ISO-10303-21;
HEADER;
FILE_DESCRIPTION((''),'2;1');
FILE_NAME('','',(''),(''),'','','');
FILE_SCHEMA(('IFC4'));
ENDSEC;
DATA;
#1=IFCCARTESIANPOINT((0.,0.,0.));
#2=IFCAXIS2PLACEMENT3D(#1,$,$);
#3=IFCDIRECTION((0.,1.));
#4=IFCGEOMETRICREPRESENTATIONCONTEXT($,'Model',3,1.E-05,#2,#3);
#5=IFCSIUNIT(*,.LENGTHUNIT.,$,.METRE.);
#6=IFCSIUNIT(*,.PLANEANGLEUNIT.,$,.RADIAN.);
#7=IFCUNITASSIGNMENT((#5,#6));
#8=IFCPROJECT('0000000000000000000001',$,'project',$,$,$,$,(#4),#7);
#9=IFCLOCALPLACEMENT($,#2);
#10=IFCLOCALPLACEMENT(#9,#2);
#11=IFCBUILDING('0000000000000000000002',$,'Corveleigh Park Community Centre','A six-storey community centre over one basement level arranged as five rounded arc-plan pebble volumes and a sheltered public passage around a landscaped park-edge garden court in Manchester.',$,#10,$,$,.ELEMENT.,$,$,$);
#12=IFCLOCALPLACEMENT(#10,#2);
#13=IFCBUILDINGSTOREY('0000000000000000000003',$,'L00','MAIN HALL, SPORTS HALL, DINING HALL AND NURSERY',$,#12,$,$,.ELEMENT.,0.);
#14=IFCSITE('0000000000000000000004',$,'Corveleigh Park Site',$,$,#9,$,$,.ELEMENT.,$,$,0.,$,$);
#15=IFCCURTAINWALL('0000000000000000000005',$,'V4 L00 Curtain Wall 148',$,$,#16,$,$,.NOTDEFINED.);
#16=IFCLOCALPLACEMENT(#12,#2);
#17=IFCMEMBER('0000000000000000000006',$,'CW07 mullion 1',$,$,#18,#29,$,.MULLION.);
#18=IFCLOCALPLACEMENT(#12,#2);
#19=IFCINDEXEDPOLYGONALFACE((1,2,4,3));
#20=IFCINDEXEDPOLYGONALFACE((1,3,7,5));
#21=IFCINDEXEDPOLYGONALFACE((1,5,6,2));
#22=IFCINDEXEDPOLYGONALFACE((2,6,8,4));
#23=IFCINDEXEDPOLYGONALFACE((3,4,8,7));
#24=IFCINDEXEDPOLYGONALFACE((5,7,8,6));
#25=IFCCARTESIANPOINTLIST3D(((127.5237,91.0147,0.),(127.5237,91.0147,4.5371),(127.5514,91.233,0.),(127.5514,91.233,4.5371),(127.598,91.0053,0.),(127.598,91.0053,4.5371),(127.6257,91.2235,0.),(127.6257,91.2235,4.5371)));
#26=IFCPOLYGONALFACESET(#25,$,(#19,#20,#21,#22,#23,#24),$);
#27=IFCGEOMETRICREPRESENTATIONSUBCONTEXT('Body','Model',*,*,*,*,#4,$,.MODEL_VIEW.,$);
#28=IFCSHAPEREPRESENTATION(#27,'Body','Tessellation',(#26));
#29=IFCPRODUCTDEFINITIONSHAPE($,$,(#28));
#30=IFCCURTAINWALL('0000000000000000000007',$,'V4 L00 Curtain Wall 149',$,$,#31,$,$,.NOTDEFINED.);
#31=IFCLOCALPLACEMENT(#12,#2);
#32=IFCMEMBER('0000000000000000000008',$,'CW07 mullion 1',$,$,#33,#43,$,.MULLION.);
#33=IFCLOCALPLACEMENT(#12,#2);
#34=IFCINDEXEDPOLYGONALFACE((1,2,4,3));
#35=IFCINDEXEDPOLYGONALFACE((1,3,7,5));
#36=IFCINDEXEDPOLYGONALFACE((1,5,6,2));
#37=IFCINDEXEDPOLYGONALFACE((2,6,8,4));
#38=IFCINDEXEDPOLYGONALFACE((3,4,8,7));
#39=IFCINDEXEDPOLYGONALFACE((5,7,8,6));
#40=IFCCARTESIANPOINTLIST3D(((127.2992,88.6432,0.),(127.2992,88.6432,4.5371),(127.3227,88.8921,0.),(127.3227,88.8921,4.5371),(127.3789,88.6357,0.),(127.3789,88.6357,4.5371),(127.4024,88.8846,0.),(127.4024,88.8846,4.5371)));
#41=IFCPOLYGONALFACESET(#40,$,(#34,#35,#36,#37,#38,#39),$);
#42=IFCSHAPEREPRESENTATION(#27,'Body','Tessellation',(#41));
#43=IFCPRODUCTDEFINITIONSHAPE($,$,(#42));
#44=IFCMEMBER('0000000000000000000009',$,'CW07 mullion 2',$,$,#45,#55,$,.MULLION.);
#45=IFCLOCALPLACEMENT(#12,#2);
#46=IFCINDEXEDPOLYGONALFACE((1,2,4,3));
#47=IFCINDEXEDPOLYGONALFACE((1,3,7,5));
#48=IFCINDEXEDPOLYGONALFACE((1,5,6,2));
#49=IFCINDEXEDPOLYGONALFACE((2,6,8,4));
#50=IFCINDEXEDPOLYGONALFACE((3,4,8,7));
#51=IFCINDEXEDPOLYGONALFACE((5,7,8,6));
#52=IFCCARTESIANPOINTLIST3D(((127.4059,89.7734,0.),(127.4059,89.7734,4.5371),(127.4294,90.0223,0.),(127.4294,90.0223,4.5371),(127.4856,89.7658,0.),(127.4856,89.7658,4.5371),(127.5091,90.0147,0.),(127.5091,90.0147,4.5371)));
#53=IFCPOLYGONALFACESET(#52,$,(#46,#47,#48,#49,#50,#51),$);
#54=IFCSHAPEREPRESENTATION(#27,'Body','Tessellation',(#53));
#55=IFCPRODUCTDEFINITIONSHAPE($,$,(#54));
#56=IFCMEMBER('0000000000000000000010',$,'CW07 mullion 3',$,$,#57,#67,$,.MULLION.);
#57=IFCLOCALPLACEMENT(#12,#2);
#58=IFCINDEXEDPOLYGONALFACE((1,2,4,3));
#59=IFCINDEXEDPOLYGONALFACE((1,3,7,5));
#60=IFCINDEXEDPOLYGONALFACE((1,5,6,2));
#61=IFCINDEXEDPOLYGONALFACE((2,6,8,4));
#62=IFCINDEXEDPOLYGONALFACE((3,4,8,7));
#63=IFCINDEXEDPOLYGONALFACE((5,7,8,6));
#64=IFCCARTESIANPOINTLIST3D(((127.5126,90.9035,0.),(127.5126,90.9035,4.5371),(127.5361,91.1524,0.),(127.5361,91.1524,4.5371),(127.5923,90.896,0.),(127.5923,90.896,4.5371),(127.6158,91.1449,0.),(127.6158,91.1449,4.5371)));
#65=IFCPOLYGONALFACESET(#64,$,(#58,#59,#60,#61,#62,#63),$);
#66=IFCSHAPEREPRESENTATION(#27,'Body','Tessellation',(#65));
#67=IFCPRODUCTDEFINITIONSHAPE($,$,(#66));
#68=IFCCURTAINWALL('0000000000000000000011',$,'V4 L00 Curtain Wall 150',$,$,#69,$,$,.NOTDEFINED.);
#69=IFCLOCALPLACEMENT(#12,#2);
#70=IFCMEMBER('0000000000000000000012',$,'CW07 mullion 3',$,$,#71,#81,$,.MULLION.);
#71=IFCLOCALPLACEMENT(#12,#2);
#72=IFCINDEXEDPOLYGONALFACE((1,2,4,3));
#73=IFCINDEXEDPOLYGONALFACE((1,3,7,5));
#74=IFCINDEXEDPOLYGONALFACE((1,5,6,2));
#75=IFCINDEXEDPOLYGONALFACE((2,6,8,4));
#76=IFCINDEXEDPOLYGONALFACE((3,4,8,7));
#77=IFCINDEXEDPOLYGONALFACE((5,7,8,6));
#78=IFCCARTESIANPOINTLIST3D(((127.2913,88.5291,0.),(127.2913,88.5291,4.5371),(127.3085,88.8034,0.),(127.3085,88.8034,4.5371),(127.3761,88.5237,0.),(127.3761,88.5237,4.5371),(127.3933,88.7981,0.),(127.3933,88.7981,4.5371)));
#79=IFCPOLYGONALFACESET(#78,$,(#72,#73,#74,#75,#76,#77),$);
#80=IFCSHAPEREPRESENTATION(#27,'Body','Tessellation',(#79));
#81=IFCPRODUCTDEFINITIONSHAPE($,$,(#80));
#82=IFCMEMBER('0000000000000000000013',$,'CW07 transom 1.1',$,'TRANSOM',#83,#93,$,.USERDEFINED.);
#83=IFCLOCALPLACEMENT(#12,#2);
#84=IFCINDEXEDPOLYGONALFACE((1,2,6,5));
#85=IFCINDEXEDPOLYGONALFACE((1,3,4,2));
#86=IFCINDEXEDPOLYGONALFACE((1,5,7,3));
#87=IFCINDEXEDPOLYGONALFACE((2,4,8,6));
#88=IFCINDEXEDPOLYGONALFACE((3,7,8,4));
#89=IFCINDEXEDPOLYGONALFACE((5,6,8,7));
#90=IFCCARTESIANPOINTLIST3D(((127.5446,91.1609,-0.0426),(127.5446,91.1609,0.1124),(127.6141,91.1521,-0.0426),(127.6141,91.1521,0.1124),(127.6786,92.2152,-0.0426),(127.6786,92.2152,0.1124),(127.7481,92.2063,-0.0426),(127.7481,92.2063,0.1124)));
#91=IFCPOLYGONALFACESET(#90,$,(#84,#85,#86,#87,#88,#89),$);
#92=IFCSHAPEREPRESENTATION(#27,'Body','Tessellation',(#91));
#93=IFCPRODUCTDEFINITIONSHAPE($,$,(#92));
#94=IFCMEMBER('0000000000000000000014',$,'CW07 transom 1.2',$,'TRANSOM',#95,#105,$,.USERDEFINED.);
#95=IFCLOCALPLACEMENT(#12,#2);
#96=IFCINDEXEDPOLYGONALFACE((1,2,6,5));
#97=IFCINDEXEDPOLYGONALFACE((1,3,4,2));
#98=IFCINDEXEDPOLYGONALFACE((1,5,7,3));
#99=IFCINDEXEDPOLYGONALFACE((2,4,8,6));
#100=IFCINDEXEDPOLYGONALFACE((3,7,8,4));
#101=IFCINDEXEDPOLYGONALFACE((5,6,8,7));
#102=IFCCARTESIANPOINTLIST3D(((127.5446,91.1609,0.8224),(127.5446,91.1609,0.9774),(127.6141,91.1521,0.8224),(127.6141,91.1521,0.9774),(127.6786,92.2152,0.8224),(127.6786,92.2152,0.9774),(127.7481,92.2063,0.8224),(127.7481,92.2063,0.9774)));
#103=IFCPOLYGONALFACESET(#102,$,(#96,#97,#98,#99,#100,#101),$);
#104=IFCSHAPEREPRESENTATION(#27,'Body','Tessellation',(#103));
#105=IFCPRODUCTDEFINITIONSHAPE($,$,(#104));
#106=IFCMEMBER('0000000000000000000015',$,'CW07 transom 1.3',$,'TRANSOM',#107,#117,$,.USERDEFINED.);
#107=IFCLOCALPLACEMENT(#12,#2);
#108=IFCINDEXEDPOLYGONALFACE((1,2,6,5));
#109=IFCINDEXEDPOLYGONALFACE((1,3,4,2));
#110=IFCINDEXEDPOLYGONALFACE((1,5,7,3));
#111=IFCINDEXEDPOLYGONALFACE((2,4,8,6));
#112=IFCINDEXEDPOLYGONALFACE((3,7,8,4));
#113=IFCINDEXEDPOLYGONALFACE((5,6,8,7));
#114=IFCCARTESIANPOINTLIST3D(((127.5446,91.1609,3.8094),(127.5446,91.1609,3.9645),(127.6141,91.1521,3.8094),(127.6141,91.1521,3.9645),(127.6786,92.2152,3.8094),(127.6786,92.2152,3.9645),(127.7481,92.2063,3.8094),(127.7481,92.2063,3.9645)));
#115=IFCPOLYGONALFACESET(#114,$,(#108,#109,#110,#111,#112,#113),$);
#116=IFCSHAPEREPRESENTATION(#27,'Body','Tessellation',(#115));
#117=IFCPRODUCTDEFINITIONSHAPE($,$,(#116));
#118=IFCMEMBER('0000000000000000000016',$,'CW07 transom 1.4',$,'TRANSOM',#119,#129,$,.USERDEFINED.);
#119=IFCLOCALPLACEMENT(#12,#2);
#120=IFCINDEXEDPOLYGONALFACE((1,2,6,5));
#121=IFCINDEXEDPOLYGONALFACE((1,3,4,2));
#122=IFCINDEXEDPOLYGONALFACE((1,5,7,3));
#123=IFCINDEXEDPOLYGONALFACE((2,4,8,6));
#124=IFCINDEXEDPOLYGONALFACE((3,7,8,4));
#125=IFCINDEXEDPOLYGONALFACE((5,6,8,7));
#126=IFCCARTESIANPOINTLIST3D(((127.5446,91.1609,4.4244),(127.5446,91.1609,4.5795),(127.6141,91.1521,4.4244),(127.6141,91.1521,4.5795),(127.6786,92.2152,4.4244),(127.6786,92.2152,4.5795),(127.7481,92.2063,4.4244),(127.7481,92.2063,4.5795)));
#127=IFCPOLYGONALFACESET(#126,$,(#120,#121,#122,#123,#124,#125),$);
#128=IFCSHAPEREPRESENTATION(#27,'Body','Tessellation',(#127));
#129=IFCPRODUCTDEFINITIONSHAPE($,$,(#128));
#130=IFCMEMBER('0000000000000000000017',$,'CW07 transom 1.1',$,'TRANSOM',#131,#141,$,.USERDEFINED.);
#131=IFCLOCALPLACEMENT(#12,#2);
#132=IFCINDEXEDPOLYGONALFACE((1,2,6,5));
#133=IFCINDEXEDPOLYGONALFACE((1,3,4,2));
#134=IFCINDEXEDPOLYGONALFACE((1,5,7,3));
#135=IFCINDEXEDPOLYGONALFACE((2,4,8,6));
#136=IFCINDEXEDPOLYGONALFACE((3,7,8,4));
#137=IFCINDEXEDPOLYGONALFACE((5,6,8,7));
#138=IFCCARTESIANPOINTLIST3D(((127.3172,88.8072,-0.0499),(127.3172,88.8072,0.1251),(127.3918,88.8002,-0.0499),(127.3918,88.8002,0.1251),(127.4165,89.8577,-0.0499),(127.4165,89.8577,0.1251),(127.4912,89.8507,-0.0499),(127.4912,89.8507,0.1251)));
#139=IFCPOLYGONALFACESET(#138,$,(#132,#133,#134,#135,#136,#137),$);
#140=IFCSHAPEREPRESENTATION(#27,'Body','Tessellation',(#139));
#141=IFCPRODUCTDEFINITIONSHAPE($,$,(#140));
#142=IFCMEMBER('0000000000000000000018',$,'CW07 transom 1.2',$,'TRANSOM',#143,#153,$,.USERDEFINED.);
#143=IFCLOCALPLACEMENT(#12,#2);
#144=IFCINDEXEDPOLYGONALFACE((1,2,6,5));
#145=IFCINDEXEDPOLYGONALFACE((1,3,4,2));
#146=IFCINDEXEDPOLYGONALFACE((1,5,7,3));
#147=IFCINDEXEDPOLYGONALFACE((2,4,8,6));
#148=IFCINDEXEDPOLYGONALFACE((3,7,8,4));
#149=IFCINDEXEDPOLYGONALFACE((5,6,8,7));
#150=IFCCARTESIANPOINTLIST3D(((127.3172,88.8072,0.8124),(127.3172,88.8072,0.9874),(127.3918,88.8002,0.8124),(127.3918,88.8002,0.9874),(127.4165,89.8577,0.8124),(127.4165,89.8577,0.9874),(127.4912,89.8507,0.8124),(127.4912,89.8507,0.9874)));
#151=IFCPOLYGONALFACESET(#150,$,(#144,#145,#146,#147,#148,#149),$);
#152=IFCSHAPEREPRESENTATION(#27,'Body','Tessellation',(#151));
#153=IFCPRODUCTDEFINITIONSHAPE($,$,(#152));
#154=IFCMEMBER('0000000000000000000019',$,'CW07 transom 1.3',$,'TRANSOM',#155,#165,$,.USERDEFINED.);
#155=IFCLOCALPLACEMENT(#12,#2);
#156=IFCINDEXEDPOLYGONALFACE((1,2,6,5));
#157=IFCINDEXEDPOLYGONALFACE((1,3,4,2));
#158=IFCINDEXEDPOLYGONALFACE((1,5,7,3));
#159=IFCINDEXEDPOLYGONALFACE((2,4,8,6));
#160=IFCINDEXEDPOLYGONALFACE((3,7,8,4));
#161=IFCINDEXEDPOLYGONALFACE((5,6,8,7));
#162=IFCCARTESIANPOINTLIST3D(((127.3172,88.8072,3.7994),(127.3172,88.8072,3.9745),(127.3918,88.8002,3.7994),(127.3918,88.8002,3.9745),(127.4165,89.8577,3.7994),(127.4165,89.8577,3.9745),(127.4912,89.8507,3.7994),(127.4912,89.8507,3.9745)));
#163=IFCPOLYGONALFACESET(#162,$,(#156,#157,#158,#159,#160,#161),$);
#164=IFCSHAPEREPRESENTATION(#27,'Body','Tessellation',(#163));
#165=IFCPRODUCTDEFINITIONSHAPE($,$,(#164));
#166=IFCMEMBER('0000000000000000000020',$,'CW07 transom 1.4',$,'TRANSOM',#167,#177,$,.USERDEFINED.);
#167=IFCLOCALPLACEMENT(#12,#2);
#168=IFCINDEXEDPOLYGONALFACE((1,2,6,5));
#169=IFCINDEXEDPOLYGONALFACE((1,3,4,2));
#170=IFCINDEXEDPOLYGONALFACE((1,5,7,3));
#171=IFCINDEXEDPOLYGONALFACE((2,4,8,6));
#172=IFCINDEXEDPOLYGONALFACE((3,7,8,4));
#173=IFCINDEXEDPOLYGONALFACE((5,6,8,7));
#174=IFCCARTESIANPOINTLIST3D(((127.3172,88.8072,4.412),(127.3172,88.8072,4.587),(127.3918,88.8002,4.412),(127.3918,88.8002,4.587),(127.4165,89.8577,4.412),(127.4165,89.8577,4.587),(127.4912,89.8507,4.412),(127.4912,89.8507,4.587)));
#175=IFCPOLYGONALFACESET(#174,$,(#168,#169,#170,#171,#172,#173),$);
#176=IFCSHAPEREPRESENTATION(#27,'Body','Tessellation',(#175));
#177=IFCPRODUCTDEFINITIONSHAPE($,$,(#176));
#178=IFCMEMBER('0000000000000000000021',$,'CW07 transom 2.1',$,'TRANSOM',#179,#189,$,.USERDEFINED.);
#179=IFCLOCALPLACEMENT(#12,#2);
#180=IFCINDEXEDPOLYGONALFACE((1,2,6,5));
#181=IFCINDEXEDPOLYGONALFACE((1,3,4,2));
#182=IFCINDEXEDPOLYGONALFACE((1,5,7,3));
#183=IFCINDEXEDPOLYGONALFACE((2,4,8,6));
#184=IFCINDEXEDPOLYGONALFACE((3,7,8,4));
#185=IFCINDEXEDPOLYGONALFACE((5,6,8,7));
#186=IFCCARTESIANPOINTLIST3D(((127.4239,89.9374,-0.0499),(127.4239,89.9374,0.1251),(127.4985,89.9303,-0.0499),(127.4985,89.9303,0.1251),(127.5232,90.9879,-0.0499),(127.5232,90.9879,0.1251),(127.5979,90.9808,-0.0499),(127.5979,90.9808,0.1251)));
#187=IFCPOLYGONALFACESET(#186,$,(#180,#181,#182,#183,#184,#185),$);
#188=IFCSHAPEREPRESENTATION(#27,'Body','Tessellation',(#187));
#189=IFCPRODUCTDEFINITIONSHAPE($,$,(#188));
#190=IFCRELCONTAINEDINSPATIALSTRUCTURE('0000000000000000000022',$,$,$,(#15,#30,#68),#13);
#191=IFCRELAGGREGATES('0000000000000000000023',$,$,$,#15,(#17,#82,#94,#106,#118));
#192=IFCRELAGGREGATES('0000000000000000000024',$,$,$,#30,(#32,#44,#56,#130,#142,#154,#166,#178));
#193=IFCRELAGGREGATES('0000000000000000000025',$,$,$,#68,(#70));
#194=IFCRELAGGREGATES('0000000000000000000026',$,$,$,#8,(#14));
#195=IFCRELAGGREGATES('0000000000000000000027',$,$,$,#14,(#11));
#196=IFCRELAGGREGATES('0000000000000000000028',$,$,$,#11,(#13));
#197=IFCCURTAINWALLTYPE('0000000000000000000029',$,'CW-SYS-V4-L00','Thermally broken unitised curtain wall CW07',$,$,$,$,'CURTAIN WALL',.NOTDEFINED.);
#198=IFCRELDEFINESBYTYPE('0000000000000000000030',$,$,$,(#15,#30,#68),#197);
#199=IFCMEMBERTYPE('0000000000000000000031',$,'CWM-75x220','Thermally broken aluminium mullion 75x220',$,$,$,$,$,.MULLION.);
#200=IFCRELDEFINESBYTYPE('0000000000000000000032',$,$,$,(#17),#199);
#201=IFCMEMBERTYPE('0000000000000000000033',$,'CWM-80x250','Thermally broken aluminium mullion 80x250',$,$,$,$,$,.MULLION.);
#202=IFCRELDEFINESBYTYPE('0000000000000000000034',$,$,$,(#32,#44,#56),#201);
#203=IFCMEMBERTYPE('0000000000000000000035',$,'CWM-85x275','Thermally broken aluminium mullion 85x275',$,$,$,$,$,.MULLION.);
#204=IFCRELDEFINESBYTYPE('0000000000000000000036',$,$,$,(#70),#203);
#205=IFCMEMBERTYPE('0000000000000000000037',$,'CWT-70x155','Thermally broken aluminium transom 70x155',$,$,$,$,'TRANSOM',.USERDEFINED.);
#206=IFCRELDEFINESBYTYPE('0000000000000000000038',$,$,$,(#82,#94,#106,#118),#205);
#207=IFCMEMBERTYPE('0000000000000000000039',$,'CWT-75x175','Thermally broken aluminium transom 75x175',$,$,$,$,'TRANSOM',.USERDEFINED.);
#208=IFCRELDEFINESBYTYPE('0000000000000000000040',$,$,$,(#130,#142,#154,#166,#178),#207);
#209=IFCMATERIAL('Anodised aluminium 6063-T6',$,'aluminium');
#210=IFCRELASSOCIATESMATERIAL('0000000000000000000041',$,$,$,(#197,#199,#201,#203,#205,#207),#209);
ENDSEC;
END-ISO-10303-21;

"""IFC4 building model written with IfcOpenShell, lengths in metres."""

from ifc_helpers import new_model, si_unit, direction, frame, origin, origin_2d, place, context, subcontext, project, spatial, rectangle, extrude, material, material_profile, profile_set, type_object, element, aggregate, save


model = new_model("IFC4")

# Units and contexts
model_context = context("Model", 3, precision=1e-05, world=origin(), true_north=direction((0.0, 1.0)))
body_context = subcontext(model_context, "Body", "Model", "MODEL_VIEW")
ifc_project = project(units=[si_unit("LENGTHUNIT", "METRE"), si_unit("PLANEANGLEUNIT", "RADIAN")], contexts=[model_context])

# Site, building, storey
site_placement = place(None, origin())
site = spatial("IfcSite", under=ifc_project, at=site_placement, Name="Corveleigh Park Site", CompositionType="ELEMENT", RefElevation=0.0)
building_placement = place(site_placement, origin())
building = spatial("IfcBuilding", under=site, at=building_placement, Name="Corveleigh Park Community Centre", Description="A six-storey community centre over one basement level arranged as five rounded arc-plan pebble volumes and a sheltered public passage around a landscaped park-edge garden court in Manchester.", CompositionType="ELEMENT")
storey_placement = place(building_placement, origin())
storey = spatial("IfcBuildingStorey", under=building, at=storey_placement, Name="L00", Description="MAIN HALL, SPORTS HALL, DINING HALL AND NURSERY", CompositionType="ELEMENT", Elevation=0.0)

# Curtain wall, member
ifc_material_1 = material(Name="Anodised aluminium 6063-T6", Category="aluminium")
curtain_wall_type = type_object("IfcCurtainWallType", Name="CW-SYS-V4-L00", Description="Thermally broken unitised curtain wall CW07", ElementType="CURTAIN WALL", PredefinedType="NOTDEFINED", material=ifc_material_1)
curtain_wall_1_placement = place(storey_placement, origin())
curtain_wall_1 = element("IfcCurtainWall", 1, at=curtain_wall_1_placement, inside=storey, type_object=curtain_wall_type, Name="V4 L00 Curtain Wall 148", PredefinedType="NOTDEFINED")
ifc_material_profile_1 = material_profile(ifc_material_1, rectangle(XDim=0.075, YDim=0.22, at=origin_2d()), Name="ALU-M75x220", Category="aluminium")
ifc_profile_set_1 = profile_set([ifc_material_profile_1], Name="Anodised aluminium 6063-T6")
member_type_1 = type_object("IfcMemberType", Name="CWM-75x220", Description="Thermally broken aluminium mullion 75x220", PredefinedType="MULLION", material=ifc_profile_set_1)
member_1_placement = place(storey_placement, frame((127.5747, 91.1191, 0.0), z_axis=(0.0, 0.0, 1.0), x_axis=(-0.99204, 0.125919, 0.0)))
member_1 = element("IfcMember", 2, at=member_1_placement, type_object=member_type_1, Name="CW07 mullion 1", PredefinedType="MULLION", context=body_context, shape_type="SweptSolid", body=[
    extrude(rectangle(XDim=0.075, YDim=0.22, at=origin_2d()), origin(), (0.0, 0.0, 1.0), 4.5371),
])

# Curtain wall, members
curtain_wall_2_placement = place(storey_placement, origin())
curtain_wall_2 = element("IfcCurtainWall", 3, at=curtain_wall_2_placement, inside=storey, type_object=curtain_wall_type, Name="V4 L00 Curtain Wall 149", PredefinedType="NOTDEFINED")
ifc_material_profile_2 = material_profile(ifc_material_1, rectangle(XDim=0.0801, YDim=0.25, at=origin_2d()), Name="ALU-M80x250", Category="aluminium")
ifc_profile_set_2 = profile_set([ifc_material_profile_2], Name="Anodised aluminium 6063-T6")
member_type_2 = type_object("IfcMemberType", Name="CWM-80x250", Description="Thermally broken aluminium mullion 80x250", PredefinedType="MULLION", material=ifc_profile_set_2)
member_2_placement = place(storey_placement, frame((127.3508, 88.7639, 0.0), z_axis=(0.0, 0.0, 1.0), x_axis=(-0.99557, 0.094026, 0.0)))
member_2 = element("IfcMember", 4, at=member_2_placement, type_object=member_type_2, Name="CW07 mullion 1", PredefinedType="MULLION", context=body_context, shape_type="SweptSolid", body=[
    extrude(rectangle(XDim=0.0801, YDim=0.25, at=origin_2d()), origin(), (0.0, 0.0, 1.0), 4.5371),
])
member_3_placement = place(storey_placement, frame((127.4575, 89.894, 0.0), z_axis=(0.0, 0.0, 1.0), x_axis=(-0.99557, 0.094026, 0.0)))
member_3 = element("IfcMember", 5, at=member_3_placement, type_object=member_type_2, Name="CW07 mullion 2", PredefinedType="MULLION", context=body_context, shape_type="SweptSolid", body=[
    extrude(rectangle(XDim=0.0801, YDim=0.25, at=origin_2d()), origin(), (0.0, 0.0, 1.0), 4.5371),
])
member_4_placement = place(storey_placement, frame((127.5642, 91.0242, 0.0), z_axis=(0.0, 0.0, 1.0), x_axis=(-0.99557, 0.094026, 0.0)))
member_4 = element("IfcMember", 6, at=member_4_placement, type_object=member_type_2, Name="CW07 mullion 3", PredefinedType="MULLION", context=body_context, shape_type="SweptSolid", body=[
    extrude(rectangle(XDim=0.0801, YDim=0.25, at=origin_2d()), origin(), (0.0, 0.0, 1.0), 4.5371),
])

# Curtain wall, member
curtain_wall_3_placement = place(storey_placement, origin())
curtain_wall_3 = element("IfcCurtainWall", 7, at=curtain_wall_3_placement, inside=storey, type_object=curtain_wall_type, Name="V4 L00 Curtain Wall 150", PredefinedType="NOTDEFINED")
ifc_material_profile_3 = material_profile(ifc_material_1, rectangle(XDim=0.085, YDim=0.2749, at=origin_2d()), Name="ALU-M85x275", Category="aluminium")
ifc_profile_set_3 = profile_set([ifc_material_profile_3], Name="Anodised aluminium 6063-T6")
member_type_3 = type_object("IfcMemberType", Name="CWM-85x275", Description="Thermally broken aluminium mullion 85x275", PredefinedType="MULLION", material=ifc_profile_set_3)
member_5_placement = place(storey_placement, frame((127.3423, 88.6636, 0.0), z_axis=(0.0, 0.0, 1.0), x_axis=(-0.998041, 0.062564, 0.0)))
member_5 = element("IfcMember", 8, at=member_5_placement, type_object=member_type_3, Name="CW07 mullion 3", PredefinedType="MULLION", context=body_context, shape_type="SweptSolid", body=[
    extrude(rectangle(XDim=0.085, YDim=0.2749, at=origin_2d()), origin(), (0.0, 0.0, 1.0), 4.5371),
])

# Members
ifc_material_profile_4 = material_profile(ifc_material_1, rectangle(XDim=0.0701, YDim=0.155, at=origin_2d()), Name="ALU-T70x155", Category="aluminium")
ifc_profile_set_4 = profile_set([ifc_material_profile_4], Name="Anodised aluminium 6063-T6")
member_type_4 = type_object("IfcMemberType", Name="CWT-70x155", Description="Thermally broken aluminium transom 70x155", ElementType="TRANSOM", PredefinedType="USERDEFINED", material=ifc_profile_set_4)
member_6_placement = place(storey_placement, frame((127.5793, 91.1565, 0.0349), z_axis=(0.126127, 0.992014, 0.0), x_axis=(-0.992014, 0.126127, 0.0)))
member_6 = element("IfcMember", 9, at=member_6_placement, type_object=member_type_4, Name="CW07 transom 1.1", ObjectType="TRANSOM", PredefinedType="USERDEFINED", context=body_context, shape_type="SweptSolid", body=[
    extrude(rectangle(XDim=0.0701, YDim=0.155, at=origin_2d()), origin(), (0.0, 0.0, 1.0), 1.0627),
])
member_7_placement = place(storey_placement, frame((127.5793, 91.1565, 0.8999), z_axis=(0.126127, 0.992014, 0.0), x_axis=(-0.992014, 0.126127, 0.0)))
member_7 = element("IfcMember", 10, at=member_7_placement, type_object=member_type_4, Name="CW07 transom 1.2", ObjectType="TRANSOM", PredefinedType="USERDEFINED", context=body_context, shape_type="SweptSolid", body=[
    extrude(rectangle(XDim=0.0701, YDim=0.155, at=origin_2d()), origin(), (0.0, 0.0, 1.0), 1.0627),
])
member_8_placement = place(storey_placement, frame((127.5793, 91.1565, 3.887), z_axis=(0.126127, 0.992014, 0.0), x_axis=(-0.992014, 0.126127, 0.0)))
member_8 = element("IfcMember", 11, at=member_8_placement, type_object=member_type_4, Name="CW07 transom 1.3", ObjectType="TRANSOM", PredefinedType="USERDEFINED", context=body_context, shape_type="SweptSolid", body=[
    extrude(rectangle(XDim=0.0701, YDim=0.155, at=origin_2d()), origin(), (0.0, 0.0, 1.0), 1.0627),
])
member_9_placement = place(storey_placement, frame((127.5793, 91.1565, 4.502), z_axis=(0.126127, 0.992014, 0.0), x_axis=(-0.992014, 0.126127, 0.0)))
member_9 = element("IfcMember", 12, at=member_9_placement, type_object=member_type_4, Name="CW07 transom 1.4", ObjectType="TRANSOM", PredefinedType="USERDEFINED", context=body_context, shape_type="SweptSolid", body=[
    extrude(rectangle(XDim=0.0701, YDim=0.155, at=origin_2d()), origin(), (0.0, 0.0, 1.0), 1.0627),
])
ifc_material_profile_5 = material_profile(ifc_material_1, rectangle(XDim=0.075, YDim=0.175, at=origin_2d()), Name="ALU-T75x175", Category="aluminium")
ifc_profile_set_5 = profile_set([ifc_material_profile_5], Name="Anodised aluminium 6063-T6")
member_type_5 = type_object("IfcMemberType", Name="CWT-75x175", Description="Thermally broken aluminium transom 75x175", ElementType="TRANSOM", PredefinedType="USERDEFINED", material=ifc_profile_set_5)
member_10_placement = place(storey_placement, frame((127.3545, 88.8037, 0.0376), z_axis=(0.094165, 0.995557, 0.0), x_axis=(-0.995557, 0.094165, 0.0)))
member_10 = element("IfcMember", 13, at=member_10_placement, type_object=member_type_5, Name="CW07 transom 1.1", ObjectType="TRANSOM", PredefinedType="USERDEFINED", context=body_context, shape_type="SweptSolid", body=[
    extrude(rectangle(XDim=0.075, YDim=0.175, at=origin_2d()), origin(), (0.0, 0.0, 1.0), 1.0552),
])
member_11_placement = place(storey_placement, frame((127.3545, 88.8037, 0.8999), z_axis=(0.094165, 0.995557, 0.0), x_axis=(-0.995557, 0.094165, 0.0)))
member_11 = element("IfcMember", 14, at=member_11_placement, type_object=member_type_5, Name="CW07 transom 1.2", ObjectType="TRANSOM", PredefinedType="USERDEFINED", context=body_context, shape_type="SweptSolid", body=[
    extrude(rectangle(XDim=0.075, YDim=0.175, at=origin_2d()), origin(), (0.0, 0.0, 1.0), 1.0552),
])
member_12_placement = place(storey_placement, frame((127.3545, 88.8037, 3.887), z_axis=(0.094165, 0.995557, 0.0), x_axis=(-0.995557, 0.094165, 0.0)))
member_12 = element("IfcMember", 15, at=member_12_placement, type_object=member_type_5, Name="CW07 transom 1.3", ObjectType="TRANSOM", PredefinedType="USERDEFINED", context=body_context, shape_type="SweptSolid", body=[
    extrude(rectangle(XDim=0.075, YDim=0.175, at=origin_2d()), origin(), (0.0, 0.0, 1.0), 1.0552),
])
member_13_placement = place(storey_placement, frame((127.3545, 88.8037, 4.4995), z_axis=(0.094165, 0.995557, 0.0), x_axis=(-0.995557, 0.094165, 0.0)))
member_13 = element("IfcMember", 16, at=member_13_placement, type_object=member_type_5, Name="CW07 transom 1.4", ObjectType="TRANSOM", PredefinedType="USERDEFINED", context=body_context, shape_type="SweptSolid", body=[
    extrude(rectangle(XDim=0.075, YDim=0.175, at=origin_2d()), origin(), (0.0, 0.0, 1.0), 1.0552),
])
member_14_placement = place(storey_placement, frame((127.4612, 89.9338, 0.0376), z_axis=(0.094165, 0.995557, 0.0), x_axis=(-0.995557, 0.094165, 0.0)))
member_14 = element("IfcMember", 17, at=member_14_placement, type_object=member_type_5, Name="CW07 transom 2.1", ObjectType="TRANSOM", PredefinedType="USERDEFINED", context=body_context, shape_type="SweptSolid", body=[
    extrude(rectangle(XDim=0.075, YDim=0.175, at=origin_2d()), origin(), (0.0, 0.0, 1.0), 1.0552),
])

aggregate(curtain_wall_1, [member_1, member_6, member_7, member_8, member_9])
aggregate(curtain_wall_2, [member_2, member_3, member_4, member_10, member_11, member_12, member_13, member_14])
aggregate(curtain_wall_3, [member_5])

save(model, "model.ifc")
